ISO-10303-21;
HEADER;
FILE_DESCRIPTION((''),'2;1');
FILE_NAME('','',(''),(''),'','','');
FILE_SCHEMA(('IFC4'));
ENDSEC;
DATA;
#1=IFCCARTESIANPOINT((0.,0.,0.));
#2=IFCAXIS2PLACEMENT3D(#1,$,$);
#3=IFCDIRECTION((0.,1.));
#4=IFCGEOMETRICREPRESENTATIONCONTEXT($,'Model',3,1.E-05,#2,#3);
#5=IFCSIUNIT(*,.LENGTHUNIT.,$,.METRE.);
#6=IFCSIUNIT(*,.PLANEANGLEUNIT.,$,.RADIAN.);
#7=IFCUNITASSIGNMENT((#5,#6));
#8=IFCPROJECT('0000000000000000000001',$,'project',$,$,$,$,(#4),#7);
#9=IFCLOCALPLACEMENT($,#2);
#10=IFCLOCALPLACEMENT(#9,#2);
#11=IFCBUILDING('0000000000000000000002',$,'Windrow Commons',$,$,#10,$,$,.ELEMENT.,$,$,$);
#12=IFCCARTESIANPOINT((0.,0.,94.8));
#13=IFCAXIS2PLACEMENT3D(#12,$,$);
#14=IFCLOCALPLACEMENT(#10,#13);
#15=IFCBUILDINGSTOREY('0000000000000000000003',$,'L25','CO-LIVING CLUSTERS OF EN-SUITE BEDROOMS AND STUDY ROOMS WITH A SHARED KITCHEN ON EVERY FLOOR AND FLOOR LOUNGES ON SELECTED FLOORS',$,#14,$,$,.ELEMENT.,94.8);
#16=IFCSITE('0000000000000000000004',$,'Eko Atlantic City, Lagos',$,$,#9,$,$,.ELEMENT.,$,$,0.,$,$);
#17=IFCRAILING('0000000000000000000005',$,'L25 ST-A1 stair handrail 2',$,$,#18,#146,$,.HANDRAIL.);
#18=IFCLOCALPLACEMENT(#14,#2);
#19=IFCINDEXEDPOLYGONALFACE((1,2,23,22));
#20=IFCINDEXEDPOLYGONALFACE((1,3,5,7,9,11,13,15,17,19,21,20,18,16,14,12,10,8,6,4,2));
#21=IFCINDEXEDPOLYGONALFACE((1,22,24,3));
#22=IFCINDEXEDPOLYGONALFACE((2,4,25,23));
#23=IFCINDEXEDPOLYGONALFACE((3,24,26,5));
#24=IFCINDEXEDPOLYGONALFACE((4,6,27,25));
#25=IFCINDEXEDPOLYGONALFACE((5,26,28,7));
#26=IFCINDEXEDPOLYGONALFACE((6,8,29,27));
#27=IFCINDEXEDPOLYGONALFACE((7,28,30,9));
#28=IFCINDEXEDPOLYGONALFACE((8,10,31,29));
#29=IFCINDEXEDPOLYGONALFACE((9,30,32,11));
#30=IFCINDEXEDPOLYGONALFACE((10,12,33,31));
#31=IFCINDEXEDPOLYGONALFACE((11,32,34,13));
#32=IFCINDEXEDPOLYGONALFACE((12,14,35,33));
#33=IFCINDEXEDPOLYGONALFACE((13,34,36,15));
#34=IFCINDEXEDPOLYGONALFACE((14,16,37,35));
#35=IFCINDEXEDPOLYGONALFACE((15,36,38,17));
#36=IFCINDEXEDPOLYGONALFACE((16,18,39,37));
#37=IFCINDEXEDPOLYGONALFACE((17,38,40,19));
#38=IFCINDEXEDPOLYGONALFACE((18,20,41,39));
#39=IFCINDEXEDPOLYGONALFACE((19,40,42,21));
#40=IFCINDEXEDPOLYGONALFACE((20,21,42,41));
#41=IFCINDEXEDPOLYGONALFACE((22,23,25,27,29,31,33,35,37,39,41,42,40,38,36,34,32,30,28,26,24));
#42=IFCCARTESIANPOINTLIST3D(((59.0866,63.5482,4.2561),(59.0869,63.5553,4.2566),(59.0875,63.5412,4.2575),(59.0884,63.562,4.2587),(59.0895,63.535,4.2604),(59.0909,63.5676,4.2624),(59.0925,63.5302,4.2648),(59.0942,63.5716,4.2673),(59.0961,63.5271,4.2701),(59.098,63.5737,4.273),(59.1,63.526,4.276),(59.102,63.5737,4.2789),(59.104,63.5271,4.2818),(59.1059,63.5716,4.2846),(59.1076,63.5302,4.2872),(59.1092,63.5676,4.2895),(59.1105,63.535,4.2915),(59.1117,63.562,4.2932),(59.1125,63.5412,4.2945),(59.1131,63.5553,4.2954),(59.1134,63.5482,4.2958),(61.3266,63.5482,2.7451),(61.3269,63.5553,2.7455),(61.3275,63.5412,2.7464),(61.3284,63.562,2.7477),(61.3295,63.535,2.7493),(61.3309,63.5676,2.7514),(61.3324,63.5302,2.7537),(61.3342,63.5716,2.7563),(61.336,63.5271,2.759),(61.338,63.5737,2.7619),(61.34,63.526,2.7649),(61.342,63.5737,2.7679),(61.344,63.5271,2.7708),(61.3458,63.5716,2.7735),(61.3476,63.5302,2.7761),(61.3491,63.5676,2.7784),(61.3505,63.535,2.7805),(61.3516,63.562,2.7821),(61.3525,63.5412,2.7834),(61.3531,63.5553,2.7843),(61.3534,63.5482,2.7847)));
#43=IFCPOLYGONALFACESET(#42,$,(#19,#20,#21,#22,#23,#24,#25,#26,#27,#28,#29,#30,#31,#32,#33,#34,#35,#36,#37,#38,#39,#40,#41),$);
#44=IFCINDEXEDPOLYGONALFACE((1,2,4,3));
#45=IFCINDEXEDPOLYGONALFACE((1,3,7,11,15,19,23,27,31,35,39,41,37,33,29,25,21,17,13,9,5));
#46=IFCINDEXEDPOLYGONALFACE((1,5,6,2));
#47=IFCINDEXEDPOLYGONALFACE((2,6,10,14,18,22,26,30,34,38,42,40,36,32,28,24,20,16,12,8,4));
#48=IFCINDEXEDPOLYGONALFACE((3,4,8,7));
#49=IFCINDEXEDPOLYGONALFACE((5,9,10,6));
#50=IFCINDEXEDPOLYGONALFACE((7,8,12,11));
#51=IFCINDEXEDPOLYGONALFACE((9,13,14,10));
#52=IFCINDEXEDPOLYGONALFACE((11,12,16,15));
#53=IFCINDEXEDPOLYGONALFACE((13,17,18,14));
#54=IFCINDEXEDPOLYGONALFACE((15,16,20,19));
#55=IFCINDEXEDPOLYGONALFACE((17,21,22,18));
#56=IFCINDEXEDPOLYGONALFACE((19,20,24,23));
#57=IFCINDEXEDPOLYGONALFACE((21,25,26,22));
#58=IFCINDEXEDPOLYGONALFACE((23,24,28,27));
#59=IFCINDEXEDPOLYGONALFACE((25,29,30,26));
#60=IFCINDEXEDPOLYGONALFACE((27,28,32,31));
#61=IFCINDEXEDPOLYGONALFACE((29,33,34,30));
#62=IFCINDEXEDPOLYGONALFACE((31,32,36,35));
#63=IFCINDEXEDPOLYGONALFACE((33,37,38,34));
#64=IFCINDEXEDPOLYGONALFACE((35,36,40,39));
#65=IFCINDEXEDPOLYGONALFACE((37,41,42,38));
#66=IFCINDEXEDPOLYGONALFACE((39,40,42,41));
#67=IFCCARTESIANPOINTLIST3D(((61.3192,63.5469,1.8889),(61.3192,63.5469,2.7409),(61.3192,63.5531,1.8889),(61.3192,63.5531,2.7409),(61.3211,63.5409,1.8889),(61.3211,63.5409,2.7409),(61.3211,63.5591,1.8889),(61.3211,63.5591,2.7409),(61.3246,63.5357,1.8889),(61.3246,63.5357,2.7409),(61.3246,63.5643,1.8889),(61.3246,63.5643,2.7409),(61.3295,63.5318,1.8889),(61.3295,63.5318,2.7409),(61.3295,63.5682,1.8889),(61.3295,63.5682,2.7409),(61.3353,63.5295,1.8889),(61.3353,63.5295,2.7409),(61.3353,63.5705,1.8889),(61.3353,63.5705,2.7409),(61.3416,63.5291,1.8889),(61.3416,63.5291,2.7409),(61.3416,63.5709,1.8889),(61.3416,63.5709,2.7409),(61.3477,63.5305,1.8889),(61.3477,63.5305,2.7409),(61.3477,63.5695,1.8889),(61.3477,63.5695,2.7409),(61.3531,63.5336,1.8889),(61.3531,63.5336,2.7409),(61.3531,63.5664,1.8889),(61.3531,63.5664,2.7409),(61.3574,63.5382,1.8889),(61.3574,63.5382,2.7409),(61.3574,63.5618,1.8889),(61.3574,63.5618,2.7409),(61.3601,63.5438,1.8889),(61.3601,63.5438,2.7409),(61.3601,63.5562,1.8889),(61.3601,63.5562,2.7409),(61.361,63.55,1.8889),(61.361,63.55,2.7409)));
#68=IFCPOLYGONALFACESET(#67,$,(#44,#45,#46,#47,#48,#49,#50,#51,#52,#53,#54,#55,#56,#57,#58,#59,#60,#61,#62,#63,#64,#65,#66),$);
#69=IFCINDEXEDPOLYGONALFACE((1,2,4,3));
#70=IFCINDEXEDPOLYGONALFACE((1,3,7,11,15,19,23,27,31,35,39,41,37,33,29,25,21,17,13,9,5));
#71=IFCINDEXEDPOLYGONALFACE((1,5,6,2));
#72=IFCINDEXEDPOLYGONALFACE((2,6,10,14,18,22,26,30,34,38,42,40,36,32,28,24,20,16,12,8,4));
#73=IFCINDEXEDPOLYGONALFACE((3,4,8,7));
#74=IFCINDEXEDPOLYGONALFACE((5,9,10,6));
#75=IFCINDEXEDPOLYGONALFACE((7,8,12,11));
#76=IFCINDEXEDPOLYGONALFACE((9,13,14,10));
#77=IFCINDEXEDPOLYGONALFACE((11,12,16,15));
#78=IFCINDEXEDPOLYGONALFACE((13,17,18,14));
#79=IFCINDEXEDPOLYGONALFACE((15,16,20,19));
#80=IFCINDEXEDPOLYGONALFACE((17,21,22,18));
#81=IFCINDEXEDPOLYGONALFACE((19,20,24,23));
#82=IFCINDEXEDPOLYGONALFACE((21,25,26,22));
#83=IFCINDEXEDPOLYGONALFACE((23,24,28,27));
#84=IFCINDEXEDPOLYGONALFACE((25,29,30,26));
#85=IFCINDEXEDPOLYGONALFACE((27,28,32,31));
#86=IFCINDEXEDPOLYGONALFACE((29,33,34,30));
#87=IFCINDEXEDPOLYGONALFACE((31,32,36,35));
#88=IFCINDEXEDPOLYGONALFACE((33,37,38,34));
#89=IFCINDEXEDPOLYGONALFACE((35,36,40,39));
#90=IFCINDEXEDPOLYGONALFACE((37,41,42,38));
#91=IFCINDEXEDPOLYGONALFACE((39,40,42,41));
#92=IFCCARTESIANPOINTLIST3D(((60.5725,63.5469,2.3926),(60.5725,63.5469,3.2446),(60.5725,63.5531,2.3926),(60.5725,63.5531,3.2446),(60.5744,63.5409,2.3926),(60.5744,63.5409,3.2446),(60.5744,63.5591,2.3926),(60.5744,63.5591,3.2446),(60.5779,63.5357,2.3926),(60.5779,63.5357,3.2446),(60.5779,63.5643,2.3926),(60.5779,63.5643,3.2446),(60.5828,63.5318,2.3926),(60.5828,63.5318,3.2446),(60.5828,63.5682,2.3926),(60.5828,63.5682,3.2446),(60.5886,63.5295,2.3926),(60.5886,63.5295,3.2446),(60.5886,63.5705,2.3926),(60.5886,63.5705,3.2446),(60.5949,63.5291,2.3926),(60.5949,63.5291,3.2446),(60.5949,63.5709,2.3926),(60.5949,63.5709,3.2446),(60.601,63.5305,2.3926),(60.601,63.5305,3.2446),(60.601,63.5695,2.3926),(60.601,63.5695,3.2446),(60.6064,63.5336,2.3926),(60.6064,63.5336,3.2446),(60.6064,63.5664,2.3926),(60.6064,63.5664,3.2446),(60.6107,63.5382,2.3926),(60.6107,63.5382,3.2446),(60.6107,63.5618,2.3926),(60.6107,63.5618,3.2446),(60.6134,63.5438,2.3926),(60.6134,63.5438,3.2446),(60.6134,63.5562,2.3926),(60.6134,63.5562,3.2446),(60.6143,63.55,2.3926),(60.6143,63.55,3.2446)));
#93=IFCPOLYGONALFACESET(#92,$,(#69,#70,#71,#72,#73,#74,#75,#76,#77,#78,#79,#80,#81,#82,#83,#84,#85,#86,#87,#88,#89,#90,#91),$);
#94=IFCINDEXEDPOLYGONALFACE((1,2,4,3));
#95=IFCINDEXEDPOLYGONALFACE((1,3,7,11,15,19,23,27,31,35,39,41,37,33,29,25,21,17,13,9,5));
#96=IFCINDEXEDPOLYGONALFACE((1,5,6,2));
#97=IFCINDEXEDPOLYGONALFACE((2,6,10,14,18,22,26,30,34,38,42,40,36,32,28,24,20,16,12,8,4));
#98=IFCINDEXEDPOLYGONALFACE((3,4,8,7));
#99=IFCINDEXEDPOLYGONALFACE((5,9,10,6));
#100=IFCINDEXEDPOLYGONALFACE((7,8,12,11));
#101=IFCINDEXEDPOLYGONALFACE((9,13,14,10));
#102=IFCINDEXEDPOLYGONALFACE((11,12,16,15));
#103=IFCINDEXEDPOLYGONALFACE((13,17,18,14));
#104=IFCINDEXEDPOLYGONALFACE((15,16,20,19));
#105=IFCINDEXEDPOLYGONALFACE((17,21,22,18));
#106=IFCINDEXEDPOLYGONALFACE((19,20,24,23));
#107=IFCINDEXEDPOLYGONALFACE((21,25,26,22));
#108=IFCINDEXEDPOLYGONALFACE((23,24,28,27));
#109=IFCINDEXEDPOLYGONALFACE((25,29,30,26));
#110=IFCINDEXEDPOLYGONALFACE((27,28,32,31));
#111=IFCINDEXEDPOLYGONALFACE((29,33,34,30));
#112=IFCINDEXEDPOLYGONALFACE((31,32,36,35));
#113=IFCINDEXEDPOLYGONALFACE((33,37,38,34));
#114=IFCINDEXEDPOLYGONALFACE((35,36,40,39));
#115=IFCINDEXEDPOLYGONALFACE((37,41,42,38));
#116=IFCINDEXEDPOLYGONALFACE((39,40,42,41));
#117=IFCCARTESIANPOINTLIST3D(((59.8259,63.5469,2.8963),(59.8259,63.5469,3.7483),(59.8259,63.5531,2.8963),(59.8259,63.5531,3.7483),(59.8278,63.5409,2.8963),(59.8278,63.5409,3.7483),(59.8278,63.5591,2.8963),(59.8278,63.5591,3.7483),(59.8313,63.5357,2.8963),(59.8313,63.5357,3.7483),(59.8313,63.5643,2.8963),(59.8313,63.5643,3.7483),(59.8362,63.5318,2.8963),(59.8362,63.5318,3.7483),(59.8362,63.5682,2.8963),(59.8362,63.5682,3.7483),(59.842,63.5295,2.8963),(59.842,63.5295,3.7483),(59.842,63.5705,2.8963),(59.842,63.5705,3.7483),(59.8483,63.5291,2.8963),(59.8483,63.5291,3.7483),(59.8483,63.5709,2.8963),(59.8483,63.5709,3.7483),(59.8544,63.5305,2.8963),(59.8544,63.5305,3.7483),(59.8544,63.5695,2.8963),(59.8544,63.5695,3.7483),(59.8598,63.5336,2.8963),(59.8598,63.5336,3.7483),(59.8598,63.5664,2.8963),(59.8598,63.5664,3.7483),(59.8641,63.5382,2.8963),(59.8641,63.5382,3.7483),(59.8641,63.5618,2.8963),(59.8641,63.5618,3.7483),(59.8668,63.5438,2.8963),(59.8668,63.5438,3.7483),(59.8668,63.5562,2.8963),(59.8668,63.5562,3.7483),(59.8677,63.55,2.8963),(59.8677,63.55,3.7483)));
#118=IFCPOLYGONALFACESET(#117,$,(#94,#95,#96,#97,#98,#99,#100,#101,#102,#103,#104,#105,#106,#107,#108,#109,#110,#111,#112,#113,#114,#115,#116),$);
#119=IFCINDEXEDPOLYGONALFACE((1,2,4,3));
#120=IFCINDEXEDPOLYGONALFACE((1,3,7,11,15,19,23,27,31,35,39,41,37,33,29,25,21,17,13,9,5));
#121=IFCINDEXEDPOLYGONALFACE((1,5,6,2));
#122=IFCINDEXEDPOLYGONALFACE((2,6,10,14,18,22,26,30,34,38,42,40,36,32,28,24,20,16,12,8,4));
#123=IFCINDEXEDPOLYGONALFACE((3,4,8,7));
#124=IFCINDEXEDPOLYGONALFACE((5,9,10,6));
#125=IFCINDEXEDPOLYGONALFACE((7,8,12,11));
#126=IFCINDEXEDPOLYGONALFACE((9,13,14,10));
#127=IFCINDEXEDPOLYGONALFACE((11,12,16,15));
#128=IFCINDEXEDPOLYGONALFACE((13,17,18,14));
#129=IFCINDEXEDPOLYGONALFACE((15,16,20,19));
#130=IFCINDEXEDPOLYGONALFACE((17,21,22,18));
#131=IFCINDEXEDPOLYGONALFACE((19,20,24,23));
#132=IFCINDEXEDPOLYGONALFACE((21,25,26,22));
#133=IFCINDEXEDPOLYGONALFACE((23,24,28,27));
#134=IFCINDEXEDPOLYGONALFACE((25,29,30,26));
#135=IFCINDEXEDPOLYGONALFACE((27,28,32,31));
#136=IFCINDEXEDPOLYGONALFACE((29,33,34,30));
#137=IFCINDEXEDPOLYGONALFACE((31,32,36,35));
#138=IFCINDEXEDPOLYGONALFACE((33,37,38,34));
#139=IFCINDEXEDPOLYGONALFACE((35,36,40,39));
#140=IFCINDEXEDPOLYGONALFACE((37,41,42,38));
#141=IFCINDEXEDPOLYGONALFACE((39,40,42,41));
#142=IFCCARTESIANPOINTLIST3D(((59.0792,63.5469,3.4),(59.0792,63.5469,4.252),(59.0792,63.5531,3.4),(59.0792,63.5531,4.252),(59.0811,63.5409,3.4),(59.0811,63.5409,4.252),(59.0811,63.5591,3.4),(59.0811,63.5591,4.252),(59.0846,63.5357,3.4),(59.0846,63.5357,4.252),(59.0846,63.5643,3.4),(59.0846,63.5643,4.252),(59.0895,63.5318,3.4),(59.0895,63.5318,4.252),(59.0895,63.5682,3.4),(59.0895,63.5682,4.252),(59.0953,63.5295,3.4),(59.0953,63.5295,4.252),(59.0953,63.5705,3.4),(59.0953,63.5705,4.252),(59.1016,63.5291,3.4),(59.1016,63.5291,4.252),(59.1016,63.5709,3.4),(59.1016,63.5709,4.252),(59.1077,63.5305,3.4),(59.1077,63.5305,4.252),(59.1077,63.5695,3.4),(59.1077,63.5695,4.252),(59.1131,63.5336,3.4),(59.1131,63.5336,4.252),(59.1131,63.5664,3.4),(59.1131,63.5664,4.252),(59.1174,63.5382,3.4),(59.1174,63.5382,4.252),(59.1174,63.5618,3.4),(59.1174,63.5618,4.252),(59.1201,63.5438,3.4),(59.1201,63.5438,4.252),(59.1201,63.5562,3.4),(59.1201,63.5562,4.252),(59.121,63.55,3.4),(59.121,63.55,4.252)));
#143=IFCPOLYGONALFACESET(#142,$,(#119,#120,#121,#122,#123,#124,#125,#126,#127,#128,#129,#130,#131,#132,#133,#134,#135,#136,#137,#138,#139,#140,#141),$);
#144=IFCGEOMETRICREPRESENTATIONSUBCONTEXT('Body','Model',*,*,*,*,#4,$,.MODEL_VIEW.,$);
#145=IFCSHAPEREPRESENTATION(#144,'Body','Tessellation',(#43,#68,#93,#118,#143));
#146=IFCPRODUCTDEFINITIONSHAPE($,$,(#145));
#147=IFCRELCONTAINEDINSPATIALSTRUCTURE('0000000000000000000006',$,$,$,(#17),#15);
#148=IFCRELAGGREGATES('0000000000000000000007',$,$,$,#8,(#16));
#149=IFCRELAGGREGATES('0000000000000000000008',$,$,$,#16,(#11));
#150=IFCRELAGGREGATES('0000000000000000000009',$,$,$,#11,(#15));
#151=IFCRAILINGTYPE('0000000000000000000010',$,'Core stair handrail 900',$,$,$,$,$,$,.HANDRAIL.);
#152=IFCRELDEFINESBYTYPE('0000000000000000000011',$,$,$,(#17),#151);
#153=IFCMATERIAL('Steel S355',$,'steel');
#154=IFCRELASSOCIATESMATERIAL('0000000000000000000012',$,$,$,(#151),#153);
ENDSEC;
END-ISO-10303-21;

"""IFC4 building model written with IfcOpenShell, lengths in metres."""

from ifc_helpers import new_model, si_unit, direction, frame, origin, origin_2d, place, context, subcontext, project, spatial, circle, extrude, material, type_object, element, save


model = new_model("IFC4")

# Units and contexts
model_context = context("Model", 3, precision=1e-05, world=origin(), true_north=direction((0.0, 1.0)))
body_context = subcontext(model_context, "Body", "Model", "MODEL_VIEW")
ifc_project = project(units=[si_unit("LENGTHUNIT", "METRE"), si_unit("PLANEANGLEUNIT", "RADIAN")], contexts=[model_context])

# Site, building, storey
site_placement = place(None, origin())
site = spatial("IfcSite", under=ifc_project, at=site_placement, Name="Eko Atlantic City, Lagos", CompositionType="ELEMENT", RefElevation=0.0)
building_placement = place(site_placement, origin())
building = spatial("IfcBuilding", under=site, at=building_placement, Name="Windrow Commons", CompositionType="ELEMENT")
storey_placement = place(building_placement, frame((0.0, 0.0, 94.8)))
storey = spatial("IfcBuildingStorey", under=building, at=storey_placement, Name="L25", Description="CO-LIVING CLUSTERS OF EN-SUITE BEDROOMS AND STUDY ROOMS WITH A SHARED KITCHEN ON EVERY FLOOR AND FLOOR LOUNGES ON SELECTED FLOORS", CompositionType="ELEMENT", Elevation=94.8)

# Railing
ifc_material_1 = material(Name="Steel S355", Category="steel")
railing_type_1 = type_object("IfcRailingType", Name="Core stair handrail 900", PredefinedType="HANDRAIL", material=ifc_material_1)
railing_placement = place(storey_placement, frame((61.34, 63.55, 1.8889)))
element("IfcRailing", 1, at=railing_placement, inside=storey, type_object=railing_type_1, Name="L25 ST-A1 stair handrail 2", PredefinedType="HANDRAIL", context=body_context, shape_type="SweptSolid", body=[
    extrude(circle(Radius=0.024, at=origin_2d()), frame((0.0, 0.0, 0.876), z_axis=(-0.829003, 0.0, 0.559244), x_axis=(0.0, -1.0, 0.0)), (0.0, 0.0, 1.0), 2.702),
    extrude(circle(Radius=0.021, at=origin_2d()), origin(), (0.0, 0.0, 1.0), 0.852),
    extrude(circle(Radius=0.021, at=origin_2d()), frame((-0.7467, 0.0, 0.5037)), (0.0, 0.0, 1.0), 0.852),
    extrude(circle(Radius=0.021, at=origin_2d()), frame((-1.4933, 0.0, 1.0074)), (0.0, 0.0, 1.0), 0.852),
    extrude(circle(Radius=0.021, at=origin_2d()), frame((-2.24, 0.0, 1.5111)), (0.0, 0.0, 1.0), 0.852),
])

save(model, "model.ifc")
